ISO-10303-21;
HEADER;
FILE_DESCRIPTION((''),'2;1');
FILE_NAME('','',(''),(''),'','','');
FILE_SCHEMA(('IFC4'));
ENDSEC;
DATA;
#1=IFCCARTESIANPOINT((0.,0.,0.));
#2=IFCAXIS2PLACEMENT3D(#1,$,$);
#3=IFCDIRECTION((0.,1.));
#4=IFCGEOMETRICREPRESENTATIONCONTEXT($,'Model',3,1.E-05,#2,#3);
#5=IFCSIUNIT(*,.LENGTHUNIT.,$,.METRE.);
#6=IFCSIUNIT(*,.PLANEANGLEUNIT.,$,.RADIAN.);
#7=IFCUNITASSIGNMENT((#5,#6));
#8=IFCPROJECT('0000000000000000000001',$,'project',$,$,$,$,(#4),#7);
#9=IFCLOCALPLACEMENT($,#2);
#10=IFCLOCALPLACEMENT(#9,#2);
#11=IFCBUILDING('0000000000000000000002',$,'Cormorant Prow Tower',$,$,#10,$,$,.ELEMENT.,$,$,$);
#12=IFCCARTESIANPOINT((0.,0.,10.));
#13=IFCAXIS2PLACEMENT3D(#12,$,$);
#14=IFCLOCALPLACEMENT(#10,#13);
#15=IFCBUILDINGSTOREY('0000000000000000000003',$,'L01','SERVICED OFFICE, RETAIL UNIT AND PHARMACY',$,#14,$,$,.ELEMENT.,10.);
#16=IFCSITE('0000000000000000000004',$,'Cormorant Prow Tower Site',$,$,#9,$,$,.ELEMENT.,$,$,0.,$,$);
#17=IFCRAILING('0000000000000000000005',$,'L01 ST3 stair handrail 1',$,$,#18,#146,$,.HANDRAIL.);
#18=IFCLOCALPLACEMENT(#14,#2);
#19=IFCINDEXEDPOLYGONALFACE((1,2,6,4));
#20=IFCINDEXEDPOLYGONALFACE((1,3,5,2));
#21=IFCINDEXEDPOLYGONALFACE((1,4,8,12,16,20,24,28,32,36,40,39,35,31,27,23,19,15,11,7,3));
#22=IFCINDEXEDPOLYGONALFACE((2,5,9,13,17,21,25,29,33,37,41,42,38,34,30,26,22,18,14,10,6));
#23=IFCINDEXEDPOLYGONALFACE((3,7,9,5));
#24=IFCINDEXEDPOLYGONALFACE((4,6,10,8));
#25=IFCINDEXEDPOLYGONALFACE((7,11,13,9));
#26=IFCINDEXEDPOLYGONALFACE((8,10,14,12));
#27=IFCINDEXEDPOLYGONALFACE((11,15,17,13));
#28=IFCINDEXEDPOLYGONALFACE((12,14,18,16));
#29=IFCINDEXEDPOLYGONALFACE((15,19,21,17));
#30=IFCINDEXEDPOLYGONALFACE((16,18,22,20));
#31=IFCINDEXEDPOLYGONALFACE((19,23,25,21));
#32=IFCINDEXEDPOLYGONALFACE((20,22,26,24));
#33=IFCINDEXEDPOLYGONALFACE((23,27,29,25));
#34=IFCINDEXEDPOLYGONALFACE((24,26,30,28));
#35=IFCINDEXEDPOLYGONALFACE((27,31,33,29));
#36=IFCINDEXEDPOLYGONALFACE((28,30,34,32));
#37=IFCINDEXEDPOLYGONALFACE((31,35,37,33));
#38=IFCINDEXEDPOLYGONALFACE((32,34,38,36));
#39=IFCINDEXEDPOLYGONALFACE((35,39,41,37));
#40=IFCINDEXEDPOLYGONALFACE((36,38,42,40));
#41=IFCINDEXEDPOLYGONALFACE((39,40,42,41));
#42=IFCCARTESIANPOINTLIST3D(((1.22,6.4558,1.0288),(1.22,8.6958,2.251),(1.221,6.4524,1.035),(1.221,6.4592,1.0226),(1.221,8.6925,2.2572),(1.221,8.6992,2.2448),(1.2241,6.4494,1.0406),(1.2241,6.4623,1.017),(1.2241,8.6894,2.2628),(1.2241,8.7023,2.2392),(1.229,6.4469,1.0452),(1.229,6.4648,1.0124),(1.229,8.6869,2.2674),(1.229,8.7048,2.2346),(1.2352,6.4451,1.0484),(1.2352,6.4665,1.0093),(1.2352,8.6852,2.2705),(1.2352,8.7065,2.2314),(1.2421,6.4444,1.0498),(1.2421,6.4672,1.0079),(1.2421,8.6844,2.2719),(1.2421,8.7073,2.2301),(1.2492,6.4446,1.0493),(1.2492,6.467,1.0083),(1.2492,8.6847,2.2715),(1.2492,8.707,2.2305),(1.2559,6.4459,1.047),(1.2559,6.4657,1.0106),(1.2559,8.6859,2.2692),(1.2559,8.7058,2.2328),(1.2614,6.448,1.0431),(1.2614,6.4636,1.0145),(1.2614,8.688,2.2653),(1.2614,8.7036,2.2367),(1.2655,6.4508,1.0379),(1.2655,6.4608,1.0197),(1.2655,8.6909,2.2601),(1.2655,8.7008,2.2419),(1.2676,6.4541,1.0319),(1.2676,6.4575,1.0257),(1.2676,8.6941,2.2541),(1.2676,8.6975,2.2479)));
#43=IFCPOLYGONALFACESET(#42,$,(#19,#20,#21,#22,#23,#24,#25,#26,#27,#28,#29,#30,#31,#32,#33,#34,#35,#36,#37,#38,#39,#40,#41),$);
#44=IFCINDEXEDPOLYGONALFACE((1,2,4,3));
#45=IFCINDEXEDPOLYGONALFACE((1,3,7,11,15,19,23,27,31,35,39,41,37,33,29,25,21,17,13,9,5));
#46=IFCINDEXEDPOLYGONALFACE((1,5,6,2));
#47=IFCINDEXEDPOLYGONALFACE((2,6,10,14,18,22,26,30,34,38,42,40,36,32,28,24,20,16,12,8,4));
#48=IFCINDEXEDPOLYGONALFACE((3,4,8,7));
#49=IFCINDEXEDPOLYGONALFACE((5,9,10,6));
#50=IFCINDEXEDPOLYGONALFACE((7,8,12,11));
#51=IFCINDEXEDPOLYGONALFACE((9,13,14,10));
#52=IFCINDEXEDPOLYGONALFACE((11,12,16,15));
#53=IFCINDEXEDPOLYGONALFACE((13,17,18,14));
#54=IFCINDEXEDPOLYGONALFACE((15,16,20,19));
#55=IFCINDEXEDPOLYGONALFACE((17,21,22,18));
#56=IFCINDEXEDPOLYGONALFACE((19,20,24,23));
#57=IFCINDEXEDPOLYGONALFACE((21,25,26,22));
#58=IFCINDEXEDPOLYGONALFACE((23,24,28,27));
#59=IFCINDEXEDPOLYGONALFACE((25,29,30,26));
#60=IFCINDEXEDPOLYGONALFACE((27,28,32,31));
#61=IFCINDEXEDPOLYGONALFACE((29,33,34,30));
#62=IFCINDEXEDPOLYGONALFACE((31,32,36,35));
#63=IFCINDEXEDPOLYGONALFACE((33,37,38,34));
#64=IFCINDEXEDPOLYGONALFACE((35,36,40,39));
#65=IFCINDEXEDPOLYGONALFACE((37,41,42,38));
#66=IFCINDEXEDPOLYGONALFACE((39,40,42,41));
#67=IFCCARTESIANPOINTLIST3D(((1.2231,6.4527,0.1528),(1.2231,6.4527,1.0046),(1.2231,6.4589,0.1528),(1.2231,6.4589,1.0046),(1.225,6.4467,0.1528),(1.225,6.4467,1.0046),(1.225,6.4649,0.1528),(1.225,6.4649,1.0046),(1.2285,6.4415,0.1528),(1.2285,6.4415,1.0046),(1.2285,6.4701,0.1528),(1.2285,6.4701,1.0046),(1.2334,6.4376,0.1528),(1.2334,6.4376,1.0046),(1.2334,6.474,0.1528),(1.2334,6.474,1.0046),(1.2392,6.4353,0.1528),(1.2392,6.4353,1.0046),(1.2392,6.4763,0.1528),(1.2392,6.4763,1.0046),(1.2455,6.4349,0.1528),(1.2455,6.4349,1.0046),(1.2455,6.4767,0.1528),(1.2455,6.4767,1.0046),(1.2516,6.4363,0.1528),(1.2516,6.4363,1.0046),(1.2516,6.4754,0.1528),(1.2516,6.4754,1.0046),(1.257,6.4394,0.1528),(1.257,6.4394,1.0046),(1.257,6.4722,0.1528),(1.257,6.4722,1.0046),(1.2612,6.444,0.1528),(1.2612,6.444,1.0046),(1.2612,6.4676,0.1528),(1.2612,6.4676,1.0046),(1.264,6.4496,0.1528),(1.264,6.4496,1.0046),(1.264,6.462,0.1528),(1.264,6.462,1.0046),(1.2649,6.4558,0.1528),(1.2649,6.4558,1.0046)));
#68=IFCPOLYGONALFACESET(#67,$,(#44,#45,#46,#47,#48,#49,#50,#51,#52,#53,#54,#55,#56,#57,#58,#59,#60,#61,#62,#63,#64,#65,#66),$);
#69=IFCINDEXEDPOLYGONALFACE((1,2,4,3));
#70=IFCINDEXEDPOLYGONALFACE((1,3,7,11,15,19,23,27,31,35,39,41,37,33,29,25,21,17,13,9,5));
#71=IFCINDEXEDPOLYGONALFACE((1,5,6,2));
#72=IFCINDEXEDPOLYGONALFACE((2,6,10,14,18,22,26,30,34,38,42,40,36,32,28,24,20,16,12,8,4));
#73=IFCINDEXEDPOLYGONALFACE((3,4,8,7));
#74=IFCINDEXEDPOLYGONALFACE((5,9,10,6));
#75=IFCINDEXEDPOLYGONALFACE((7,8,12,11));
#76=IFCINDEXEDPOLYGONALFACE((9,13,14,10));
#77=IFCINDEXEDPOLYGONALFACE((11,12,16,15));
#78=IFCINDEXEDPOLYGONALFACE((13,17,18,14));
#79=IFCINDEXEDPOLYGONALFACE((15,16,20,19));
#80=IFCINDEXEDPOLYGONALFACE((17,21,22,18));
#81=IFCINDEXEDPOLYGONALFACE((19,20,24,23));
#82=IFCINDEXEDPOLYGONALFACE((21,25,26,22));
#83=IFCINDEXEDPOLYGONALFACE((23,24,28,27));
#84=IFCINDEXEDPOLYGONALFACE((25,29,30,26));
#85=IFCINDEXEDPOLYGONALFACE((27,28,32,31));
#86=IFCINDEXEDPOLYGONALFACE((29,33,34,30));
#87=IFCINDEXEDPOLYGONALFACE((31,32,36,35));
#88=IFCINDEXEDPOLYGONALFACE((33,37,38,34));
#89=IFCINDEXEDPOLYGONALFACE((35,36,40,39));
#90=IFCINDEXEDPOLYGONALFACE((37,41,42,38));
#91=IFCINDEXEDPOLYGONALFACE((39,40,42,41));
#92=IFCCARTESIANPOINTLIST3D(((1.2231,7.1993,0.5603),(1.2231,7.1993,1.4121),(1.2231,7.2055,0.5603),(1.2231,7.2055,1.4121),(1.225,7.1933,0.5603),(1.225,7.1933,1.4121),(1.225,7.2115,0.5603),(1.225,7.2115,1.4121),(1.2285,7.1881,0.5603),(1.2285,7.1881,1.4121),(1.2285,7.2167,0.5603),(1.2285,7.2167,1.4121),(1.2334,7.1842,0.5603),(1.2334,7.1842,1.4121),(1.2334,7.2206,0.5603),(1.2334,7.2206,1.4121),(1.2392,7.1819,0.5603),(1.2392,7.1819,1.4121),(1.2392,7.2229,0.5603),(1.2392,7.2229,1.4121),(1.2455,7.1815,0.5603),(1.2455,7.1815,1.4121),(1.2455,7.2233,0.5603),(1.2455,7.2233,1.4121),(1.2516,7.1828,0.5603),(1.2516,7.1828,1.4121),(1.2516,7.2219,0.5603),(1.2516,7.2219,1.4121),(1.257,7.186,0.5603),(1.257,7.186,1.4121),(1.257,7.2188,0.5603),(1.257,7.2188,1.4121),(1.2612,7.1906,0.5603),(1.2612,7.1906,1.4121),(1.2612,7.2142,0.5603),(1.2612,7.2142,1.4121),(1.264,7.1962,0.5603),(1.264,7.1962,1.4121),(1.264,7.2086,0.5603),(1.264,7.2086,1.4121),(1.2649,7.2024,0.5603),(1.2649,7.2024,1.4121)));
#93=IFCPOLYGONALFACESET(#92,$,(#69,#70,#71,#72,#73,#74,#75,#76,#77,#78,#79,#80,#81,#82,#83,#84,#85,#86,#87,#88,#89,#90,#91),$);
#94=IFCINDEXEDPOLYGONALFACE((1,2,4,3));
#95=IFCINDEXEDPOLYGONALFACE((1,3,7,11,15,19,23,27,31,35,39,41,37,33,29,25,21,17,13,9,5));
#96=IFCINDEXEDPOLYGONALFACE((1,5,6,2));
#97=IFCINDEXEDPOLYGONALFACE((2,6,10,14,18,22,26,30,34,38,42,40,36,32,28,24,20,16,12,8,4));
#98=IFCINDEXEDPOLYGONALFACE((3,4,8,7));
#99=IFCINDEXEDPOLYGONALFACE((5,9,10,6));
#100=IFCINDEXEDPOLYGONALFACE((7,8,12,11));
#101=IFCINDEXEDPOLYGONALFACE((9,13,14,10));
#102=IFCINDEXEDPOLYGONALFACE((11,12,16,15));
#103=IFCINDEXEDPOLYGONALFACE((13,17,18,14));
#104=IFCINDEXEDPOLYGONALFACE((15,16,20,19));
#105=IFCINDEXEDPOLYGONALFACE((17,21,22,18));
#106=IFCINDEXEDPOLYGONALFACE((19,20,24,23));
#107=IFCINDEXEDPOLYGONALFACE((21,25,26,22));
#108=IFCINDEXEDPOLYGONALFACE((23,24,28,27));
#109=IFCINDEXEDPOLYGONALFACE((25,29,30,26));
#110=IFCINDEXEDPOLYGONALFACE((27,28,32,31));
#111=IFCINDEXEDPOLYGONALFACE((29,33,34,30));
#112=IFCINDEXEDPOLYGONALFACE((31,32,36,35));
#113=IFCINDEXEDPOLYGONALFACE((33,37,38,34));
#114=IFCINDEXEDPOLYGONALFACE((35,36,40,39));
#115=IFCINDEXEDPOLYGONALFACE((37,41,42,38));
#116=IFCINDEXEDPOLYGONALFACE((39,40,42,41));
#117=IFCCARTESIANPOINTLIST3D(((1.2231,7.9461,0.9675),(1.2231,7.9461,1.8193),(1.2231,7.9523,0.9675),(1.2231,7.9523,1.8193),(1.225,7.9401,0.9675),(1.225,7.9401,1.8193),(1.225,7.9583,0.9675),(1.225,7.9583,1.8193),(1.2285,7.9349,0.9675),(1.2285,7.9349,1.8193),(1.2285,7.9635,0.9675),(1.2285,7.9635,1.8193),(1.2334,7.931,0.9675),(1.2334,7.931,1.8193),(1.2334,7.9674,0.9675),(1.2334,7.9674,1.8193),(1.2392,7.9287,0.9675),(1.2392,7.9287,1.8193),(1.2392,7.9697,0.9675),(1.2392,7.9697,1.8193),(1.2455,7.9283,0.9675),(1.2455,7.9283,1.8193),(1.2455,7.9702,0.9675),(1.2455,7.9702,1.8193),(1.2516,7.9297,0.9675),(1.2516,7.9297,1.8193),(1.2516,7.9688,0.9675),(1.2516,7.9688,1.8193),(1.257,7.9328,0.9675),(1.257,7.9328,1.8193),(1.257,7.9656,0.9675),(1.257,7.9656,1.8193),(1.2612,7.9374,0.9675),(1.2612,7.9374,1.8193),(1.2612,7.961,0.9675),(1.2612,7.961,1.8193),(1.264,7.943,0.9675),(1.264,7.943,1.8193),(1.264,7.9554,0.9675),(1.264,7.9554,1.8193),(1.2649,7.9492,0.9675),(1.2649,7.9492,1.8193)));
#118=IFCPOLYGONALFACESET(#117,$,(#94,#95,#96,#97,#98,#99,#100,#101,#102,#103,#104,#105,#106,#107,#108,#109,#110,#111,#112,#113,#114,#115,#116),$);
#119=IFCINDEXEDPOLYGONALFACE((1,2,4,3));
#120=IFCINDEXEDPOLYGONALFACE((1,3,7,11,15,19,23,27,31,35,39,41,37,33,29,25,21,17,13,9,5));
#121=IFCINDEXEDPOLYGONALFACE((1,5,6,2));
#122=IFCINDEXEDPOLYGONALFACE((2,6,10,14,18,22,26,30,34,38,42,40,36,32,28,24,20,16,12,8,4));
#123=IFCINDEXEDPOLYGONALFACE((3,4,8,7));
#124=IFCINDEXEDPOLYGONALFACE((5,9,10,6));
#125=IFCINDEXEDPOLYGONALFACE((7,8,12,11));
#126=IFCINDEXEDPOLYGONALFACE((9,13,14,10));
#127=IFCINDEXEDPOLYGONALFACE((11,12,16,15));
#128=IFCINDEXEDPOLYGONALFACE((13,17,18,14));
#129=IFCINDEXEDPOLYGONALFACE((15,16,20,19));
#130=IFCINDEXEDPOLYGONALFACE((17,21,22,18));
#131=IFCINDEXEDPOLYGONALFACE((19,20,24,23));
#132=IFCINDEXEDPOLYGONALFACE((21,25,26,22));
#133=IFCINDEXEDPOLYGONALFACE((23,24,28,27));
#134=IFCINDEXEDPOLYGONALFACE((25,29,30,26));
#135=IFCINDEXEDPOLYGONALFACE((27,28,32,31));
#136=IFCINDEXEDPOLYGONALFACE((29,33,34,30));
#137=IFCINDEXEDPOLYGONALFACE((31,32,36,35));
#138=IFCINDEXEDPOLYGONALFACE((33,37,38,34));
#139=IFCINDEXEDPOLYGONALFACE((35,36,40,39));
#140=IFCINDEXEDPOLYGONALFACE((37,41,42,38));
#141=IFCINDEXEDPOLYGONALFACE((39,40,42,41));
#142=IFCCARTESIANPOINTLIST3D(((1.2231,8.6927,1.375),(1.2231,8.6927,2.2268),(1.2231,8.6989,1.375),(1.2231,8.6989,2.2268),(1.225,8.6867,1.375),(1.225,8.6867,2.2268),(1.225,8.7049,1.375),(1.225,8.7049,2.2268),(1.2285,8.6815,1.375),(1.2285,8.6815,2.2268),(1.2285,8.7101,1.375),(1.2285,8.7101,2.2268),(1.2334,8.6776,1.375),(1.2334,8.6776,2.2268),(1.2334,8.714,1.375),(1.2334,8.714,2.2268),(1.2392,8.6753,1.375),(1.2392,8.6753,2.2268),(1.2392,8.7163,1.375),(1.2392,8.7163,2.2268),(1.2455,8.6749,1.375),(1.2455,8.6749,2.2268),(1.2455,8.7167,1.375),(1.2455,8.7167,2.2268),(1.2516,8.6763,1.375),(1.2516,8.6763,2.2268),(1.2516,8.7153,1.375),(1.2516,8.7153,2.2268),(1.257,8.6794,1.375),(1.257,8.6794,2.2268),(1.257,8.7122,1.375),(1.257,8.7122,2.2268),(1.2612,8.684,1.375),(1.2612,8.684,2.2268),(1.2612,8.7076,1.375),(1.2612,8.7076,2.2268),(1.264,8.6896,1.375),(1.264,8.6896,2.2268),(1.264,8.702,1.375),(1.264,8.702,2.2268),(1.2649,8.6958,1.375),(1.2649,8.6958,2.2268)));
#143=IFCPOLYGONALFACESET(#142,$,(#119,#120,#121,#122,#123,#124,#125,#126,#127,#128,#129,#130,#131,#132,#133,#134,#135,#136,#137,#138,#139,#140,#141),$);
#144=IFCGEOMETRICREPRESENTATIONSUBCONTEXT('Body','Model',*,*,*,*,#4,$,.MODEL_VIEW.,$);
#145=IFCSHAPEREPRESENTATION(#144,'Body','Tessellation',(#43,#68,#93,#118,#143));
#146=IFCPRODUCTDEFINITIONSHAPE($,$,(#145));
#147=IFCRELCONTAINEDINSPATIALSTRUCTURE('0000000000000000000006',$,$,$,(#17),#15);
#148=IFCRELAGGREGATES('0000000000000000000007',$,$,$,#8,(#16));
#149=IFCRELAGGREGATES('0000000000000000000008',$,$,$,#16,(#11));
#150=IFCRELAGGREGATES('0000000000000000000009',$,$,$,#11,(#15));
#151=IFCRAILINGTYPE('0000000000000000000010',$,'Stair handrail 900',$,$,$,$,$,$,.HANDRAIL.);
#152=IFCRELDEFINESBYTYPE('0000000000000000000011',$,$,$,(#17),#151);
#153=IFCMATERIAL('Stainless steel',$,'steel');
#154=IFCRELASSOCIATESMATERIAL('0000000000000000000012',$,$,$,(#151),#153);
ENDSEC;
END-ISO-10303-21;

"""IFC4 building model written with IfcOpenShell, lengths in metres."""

from ifc_helpers import new_model, si_unit, direction, frame, origin, origin_2d, place, context, subcontext, project, spatial, circle, extrude, material, type_object, element, save


model = new_model("IFC4")

# Units and contexts
model_context = context("Model", 3, precision=1e-05, world=origin(), true_north=direction((0.0, 1.0)))
body_context = subcontext(model_context, "Body", "Model", "MODEL_VIEW")
ifc_project = project(units=[si_unit("LENGTHUNIT", "METRE"), si_unit("PLANEANGLEUNIT", "RADIAN")], contexts=[model_context])

# Site, building, storey
site_placement = place(None, origin())
site = spatial("IfcSite", under=ifc_project, at=site_placement, Name="Cormorant Prow Tower Site", CompositionType="ELEMENT", RefElevation=0.0)
building_placement = place(site_placement, origin())
building = spatial("IfcBuilding", under=site, at=building_placement, Name="Cormorant Prow Tower", CompositionType="ELEMENT")
storey_placement = place(building_placement, frame((0.0, 0.0, 10.0)))
storey = spatial("IfcBuildingStorey", under=building, at=storey_placement, Name="L01", Description="SERVICED OFFICE, RETAIL UNIT AND PHARMACY", CompositionType="ELEMENT", Elevation=10.0)

# Railing
ifc_material_1 = material(Name="Stainless steel", Category="steel")
railing_type = type_object("IfcRailingType", Name="Stair handrail 900", PredefinedType="HANDRAIL", material=ifc_material_1)
for number, where, name in (
    (1, (1.2439, 6.4558, 0.1528), "L01 ST3 stair handrail 1"),
):
    element("IfcRailing", number, at=place(storey_placement, frame(where)), inside=storey, type_object=railing_type, Name=name, PredefinedType="HANDRAIL", context=body_context, shape_type="SweptSolid", body=[
        extrude(circle(Radius=0.0239, at=origin_2d()), frame((0.0, 0.0, 0.876), z_axis=(0.0, 0.877837, 0.478959), x_axis=(-1.0, 0.0, 0.0)), (0.0, 0.0, 1.0), 2.5518),
        extrude(circle(Radius=0.021, at=origin_2d()), origin(), (0.0, 0.0, 1.0), 0.8518),
        extrude(circle(Radius=0.021, at=origin_2d()), frame((0.0, 0.7466, 0.4075)), (0.0, 0.0, 1.0), 0.8518),
        extrude(circle(Radius=0.021, at=origin_2d()), frame((0.0, 1.4934, 0.8147)), (0.0, 0.0, 1.0), 0.8518),
        extrude(circle(Radius=0.021, at=origin_2d()), frame((0.0, 2.24, 1.2222)), (0.0, 0.0, 1.0), 0.8518),
    ])

save(model, "model.ifc")
